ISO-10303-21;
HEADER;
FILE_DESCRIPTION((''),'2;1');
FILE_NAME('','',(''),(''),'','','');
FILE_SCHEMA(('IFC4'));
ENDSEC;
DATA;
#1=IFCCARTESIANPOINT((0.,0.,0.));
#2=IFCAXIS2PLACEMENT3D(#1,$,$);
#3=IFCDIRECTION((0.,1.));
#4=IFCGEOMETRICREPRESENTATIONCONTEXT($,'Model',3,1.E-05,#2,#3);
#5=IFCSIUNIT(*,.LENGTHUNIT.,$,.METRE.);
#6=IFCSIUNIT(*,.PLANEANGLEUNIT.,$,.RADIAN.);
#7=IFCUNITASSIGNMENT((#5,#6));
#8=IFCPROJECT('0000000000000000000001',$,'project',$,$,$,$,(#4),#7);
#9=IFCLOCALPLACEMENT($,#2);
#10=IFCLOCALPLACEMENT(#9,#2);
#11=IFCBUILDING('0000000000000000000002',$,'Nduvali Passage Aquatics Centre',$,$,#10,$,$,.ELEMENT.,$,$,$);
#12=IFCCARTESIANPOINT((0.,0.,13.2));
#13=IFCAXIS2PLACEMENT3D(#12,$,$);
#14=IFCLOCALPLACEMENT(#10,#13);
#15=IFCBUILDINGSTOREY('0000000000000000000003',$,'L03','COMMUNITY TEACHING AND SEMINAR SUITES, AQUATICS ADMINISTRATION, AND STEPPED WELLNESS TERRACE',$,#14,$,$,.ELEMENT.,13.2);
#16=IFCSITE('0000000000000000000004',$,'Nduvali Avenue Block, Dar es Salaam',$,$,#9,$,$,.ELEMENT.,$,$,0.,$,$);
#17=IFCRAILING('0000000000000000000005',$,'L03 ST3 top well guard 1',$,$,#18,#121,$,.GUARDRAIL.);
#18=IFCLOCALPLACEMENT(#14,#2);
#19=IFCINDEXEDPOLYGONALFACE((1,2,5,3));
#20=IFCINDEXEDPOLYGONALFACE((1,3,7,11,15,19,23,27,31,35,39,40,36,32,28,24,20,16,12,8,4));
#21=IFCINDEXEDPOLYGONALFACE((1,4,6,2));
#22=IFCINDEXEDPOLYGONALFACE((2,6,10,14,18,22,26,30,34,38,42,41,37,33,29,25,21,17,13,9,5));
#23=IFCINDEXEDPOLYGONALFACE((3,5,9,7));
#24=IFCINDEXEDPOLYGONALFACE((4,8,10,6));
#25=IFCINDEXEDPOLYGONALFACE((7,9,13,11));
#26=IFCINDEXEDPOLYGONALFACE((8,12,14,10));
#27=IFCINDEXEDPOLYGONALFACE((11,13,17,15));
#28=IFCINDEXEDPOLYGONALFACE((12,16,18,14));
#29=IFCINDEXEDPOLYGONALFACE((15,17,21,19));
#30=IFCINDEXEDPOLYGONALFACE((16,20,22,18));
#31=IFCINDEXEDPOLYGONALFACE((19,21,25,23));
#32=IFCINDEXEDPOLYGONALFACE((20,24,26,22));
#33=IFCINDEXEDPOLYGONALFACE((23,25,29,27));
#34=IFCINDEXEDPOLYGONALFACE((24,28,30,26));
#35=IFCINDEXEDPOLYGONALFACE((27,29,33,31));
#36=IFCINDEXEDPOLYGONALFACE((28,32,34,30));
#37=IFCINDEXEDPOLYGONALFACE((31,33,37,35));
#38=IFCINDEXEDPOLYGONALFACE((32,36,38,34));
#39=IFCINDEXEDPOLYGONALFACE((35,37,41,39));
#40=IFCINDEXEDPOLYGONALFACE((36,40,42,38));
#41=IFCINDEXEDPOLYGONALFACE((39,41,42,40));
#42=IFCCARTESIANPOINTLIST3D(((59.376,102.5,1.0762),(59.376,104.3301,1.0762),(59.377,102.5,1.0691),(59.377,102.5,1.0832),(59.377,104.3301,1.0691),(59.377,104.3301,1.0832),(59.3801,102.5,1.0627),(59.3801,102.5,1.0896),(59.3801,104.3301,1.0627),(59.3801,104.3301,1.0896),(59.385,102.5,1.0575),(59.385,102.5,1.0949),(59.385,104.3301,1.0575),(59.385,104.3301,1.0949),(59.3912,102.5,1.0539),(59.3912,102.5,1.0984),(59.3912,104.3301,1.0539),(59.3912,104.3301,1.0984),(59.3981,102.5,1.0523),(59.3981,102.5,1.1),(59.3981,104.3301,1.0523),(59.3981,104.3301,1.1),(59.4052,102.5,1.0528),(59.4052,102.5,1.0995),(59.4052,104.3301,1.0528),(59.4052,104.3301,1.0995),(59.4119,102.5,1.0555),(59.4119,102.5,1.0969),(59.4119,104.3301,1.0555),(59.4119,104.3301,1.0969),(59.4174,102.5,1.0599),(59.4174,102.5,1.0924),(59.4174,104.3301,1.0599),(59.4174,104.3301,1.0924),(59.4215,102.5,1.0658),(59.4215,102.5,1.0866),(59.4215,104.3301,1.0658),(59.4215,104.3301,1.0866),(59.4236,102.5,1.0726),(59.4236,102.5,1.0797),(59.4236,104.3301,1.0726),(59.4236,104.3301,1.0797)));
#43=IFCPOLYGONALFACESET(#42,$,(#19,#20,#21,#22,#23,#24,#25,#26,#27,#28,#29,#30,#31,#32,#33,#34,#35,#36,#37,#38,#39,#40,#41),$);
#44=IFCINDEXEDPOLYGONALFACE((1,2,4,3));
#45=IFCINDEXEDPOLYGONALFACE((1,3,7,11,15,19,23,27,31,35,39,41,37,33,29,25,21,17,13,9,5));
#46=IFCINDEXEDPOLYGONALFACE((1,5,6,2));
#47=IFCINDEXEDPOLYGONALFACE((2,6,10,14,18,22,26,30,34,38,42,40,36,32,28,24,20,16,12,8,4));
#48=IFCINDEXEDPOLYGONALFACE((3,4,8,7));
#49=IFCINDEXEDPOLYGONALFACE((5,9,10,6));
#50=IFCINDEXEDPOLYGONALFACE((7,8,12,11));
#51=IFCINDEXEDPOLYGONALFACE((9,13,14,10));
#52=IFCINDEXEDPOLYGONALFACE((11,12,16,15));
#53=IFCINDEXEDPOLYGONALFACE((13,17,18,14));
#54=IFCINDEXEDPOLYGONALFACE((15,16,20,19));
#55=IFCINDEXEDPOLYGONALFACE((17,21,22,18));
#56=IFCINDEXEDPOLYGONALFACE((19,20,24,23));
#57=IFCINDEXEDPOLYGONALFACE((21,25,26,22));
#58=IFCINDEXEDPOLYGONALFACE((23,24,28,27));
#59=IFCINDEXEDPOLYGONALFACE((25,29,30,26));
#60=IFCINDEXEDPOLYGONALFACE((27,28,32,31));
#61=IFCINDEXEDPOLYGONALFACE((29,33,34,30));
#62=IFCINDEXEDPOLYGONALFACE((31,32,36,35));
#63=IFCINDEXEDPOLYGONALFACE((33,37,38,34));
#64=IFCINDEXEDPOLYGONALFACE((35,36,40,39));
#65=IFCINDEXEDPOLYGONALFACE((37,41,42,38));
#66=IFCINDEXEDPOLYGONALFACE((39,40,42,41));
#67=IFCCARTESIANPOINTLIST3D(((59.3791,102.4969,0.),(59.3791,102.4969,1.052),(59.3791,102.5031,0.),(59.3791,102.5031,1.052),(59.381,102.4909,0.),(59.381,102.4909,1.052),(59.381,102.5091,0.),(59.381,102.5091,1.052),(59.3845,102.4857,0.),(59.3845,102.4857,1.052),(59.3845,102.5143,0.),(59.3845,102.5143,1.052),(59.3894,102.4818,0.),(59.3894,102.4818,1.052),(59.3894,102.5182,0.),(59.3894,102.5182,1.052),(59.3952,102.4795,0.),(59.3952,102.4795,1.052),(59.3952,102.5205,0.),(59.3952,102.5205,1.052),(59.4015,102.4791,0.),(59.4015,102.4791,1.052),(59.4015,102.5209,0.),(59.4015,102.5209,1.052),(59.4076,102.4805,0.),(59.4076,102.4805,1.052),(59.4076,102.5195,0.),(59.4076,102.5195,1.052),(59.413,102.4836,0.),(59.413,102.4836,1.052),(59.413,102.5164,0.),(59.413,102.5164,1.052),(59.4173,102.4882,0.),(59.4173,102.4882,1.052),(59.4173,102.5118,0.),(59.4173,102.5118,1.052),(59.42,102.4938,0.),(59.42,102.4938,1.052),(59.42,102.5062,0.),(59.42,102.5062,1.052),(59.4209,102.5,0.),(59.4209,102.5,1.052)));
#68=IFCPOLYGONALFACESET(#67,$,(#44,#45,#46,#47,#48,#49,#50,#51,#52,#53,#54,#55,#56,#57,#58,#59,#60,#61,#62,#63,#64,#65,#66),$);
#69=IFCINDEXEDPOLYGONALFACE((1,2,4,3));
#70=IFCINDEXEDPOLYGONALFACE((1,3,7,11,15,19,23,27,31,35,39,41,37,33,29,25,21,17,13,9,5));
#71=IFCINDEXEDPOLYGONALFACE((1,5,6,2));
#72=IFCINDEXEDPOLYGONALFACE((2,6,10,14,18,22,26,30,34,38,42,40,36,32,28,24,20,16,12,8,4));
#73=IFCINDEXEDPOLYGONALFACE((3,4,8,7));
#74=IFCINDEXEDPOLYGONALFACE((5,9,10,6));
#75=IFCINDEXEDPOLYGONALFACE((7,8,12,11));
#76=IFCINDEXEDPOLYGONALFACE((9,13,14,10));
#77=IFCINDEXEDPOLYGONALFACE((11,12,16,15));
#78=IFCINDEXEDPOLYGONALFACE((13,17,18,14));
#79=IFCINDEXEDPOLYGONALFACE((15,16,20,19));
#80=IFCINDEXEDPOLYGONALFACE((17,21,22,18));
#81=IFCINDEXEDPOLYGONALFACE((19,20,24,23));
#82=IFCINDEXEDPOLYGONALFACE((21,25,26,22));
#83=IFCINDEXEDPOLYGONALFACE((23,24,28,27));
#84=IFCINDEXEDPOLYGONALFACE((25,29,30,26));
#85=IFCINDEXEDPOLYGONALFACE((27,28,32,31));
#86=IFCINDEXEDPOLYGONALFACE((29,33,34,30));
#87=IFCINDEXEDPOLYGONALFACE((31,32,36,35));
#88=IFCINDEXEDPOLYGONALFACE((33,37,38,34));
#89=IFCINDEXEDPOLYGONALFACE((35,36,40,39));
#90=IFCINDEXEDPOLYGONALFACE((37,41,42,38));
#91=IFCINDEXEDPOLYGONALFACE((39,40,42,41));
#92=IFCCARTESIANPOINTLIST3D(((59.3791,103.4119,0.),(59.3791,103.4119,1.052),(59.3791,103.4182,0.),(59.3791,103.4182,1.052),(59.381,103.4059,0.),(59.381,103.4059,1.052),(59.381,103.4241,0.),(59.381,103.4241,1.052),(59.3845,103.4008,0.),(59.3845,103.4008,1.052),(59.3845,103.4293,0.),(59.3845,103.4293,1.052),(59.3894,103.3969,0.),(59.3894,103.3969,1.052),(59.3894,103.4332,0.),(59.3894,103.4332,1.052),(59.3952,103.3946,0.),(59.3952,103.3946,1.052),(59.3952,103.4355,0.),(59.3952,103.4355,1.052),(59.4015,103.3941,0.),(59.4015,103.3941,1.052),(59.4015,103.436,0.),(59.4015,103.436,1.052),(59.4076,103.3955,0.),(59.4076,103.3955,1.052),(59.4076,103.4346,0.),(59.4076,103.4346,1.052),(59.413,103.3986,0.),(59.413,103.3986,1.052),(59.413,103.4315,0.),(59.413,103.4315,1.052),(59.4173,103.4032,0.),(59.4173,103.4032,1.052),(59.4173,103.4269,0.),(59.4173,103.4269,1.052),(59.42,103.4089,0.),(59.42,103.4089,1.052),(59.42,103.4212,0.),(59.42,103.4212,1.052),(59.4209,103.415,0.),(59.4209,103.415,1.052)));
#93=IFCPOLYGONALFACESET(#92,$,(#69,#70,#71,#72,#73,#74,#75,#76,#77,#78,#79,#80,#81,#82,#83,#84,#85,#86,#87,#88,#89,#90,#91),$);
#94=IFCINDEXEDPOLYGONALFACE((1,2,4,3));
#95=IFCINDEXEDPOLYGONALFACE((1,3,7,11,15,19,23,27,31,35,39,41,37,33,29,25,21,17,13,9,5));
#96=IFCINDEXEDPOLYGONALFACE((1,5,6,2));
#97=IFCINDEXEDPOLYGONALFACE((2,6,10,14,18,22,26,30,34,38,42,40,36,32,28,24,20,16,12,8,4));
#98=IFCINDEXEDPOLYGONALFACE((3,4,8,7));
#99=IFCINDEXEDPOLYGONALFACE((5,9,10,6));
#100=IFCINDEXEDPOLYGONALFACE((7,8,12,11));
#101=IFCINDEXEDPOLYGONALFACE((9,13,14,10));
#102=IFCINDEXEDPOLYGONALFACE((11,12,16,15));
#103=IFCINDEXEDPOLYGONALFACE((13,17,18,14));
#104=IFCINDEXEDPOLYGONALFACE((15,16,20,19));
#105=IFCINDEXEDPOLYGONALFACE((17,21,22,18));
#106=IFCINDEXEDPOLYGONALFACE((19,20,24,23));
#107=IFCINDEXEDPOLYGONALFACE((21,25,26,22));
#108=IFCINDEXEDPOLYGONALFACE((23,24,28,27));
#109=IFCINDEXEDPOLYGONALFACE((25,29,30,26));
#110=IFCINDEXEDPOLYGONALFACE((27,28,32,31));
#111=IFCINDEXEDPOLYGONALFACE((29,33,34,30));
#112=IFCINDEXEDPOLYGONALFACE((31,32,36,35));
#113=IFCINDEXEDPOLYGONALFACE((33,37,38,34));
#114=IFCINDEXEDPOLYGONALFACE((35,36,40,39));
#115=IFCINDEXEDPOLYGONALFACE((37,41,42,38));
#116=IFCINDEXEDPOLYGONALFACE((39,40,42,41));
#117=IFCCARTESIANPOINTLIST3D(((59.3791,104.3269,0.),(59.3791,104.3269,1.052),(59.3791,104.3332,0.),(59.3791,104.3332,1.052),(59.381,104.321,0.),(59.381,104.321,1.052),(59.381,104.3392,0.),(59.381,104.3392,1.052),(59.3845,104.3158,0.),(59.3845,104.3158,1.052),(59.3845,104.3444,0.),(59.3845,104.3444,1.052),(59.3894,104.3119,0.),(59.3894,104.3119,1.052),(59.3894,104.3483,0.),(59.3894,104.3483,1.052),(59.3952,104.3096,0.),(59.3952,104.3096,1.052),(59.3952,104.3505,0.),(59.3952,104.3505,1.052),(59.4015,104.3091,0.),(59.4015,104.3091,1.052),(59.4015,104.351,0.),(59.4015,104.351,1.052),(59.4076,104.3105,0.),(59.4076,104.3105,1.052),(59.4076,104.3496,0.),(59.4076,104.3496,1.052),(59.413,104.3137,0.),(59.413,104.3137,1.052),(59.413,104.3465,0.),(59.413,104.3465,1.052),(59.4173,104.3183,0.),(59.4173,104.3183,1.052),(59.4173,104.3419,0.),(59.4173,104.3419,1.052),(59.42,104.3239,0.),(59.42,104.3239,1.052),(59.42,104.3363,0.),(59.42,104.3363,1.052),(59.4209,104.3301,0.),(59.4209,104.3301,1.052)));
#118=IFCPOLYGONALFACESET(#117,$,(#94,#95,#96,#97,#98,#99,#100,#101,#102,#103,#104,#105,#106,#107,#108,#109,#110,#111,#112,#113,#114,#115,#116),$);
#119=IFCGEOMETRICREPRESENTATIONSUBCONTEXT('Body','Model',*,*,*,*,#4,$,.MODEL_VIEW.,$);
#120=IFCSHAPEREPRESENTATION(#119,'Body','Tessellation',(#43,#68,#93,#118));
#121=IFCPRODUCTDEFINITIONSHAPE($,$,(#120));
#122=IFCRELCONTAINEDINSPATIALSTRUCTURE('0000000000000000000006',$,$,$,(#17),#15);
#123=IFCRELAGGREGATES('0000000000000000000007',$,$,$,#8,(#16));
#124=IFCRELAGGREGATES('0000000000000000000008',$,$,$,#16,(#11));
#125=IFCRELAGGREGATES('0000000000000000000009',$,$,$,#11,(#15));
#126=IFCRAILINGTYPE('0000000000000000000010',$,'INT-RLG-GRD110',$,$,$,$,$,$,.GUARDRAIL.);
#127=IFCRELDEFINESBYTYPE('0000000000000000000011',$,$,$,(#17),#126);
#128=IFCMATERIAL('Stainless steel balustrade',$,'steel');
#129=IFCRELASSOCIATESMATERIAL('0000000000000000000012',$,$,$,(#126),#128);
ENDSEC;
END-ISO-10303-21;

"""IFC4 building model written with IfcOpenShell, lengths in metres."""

from ifc_helpers import new_model, si_unit, direction, frame, origin, origin_2d, place, context, subcontext, project, spatial, circle, extrude, material, type_object, element, save


model = new_model("IFC4")

# Units and contexts
model_context = context("Model", 3, precision=1e-05, world=origin(), true_north=direction((0.0, 1.0)))
body_context = subcontext(model_context, "Body", "Model", "MODEL_VIEW")
ifc_project = project(units=[si_unit("LENGTHUNIT", "METRE"), si_unit("PLANEANGLEUNIT", "RADIAN")], contexts=[model_context])

# Site, building, storey
site_placement = place(None, origin())
site = spatial("IfcSite", under=ifc_project, at=site_placement, Name="Nduvali Avenue Block, Dar es Salaam", CompositionType="ELEMENT", RefElevation=0.0)
building_placement = place(site_placement, origin())
building = spatial("IfcBuilding", under=site, at=building_placement, Name="Nduvali Passage Aquatics Centre", CompositionType="ELEMENT")
storey_placement = place(building_placement, frame((0.0, 0.0, 13.2)))
storey = spatial("IfcBuildingStorey", under=building, at=storey_placement, Name="L03", Description="COMMUNITY TEACHING AND SEMINAR SUITES, AQUATICS ADMINISTRATION, AND STEPPED WELLNESS TERRACE", CompositionType="ELEMENT", Elevation=13.2)

# Railing
ifc_material_1 = material(Name="Stainless steel balustrade", Category="steel")
railing_type = type_object("IfcRailingType", Name="INT-RLG-GRD110", PredefinedType="GUARDRAIL", material=ifc_material_1)
railing_placement = place(storey_placement, frame((59.3999, 102.5, 0.0)))
element("IfcRailing", 1, at=railing_placement, inside=storey, type_object=railing_type, Name="L03 ST3 top well guard 1", PredefinedType="GUARDRAIL", context=body_context, shape_type="SweptSolid", body=[
    extrude(circle(Radius=0.0239, at=origin_2d()), frame((0.0, 0.0, 1.0762), z_axis=(0.0, 1.0, 0.0), x_axis=(-1.0, 0.0, 0.0)), (0.0, 0.0, 1.0), 1.8301),
    extrude(circle(Radius=0.021, at=origin_2d()), origin(), (0.0, 0.0, 1.0), 1.052),
    extrude(circle(Radius=0.021, at=origin_2d()), frame((0.0, 0.915, 0.0)), (0.0, 0.0, 1.0), 1.052),
    extrude(circle(Radius=0.021, at=origin_2d()), frame((0.0, 1.8301, 0.0)), (0.0, 0.0, 1.0), 1.052),
])

save(model, "model.ifc")
